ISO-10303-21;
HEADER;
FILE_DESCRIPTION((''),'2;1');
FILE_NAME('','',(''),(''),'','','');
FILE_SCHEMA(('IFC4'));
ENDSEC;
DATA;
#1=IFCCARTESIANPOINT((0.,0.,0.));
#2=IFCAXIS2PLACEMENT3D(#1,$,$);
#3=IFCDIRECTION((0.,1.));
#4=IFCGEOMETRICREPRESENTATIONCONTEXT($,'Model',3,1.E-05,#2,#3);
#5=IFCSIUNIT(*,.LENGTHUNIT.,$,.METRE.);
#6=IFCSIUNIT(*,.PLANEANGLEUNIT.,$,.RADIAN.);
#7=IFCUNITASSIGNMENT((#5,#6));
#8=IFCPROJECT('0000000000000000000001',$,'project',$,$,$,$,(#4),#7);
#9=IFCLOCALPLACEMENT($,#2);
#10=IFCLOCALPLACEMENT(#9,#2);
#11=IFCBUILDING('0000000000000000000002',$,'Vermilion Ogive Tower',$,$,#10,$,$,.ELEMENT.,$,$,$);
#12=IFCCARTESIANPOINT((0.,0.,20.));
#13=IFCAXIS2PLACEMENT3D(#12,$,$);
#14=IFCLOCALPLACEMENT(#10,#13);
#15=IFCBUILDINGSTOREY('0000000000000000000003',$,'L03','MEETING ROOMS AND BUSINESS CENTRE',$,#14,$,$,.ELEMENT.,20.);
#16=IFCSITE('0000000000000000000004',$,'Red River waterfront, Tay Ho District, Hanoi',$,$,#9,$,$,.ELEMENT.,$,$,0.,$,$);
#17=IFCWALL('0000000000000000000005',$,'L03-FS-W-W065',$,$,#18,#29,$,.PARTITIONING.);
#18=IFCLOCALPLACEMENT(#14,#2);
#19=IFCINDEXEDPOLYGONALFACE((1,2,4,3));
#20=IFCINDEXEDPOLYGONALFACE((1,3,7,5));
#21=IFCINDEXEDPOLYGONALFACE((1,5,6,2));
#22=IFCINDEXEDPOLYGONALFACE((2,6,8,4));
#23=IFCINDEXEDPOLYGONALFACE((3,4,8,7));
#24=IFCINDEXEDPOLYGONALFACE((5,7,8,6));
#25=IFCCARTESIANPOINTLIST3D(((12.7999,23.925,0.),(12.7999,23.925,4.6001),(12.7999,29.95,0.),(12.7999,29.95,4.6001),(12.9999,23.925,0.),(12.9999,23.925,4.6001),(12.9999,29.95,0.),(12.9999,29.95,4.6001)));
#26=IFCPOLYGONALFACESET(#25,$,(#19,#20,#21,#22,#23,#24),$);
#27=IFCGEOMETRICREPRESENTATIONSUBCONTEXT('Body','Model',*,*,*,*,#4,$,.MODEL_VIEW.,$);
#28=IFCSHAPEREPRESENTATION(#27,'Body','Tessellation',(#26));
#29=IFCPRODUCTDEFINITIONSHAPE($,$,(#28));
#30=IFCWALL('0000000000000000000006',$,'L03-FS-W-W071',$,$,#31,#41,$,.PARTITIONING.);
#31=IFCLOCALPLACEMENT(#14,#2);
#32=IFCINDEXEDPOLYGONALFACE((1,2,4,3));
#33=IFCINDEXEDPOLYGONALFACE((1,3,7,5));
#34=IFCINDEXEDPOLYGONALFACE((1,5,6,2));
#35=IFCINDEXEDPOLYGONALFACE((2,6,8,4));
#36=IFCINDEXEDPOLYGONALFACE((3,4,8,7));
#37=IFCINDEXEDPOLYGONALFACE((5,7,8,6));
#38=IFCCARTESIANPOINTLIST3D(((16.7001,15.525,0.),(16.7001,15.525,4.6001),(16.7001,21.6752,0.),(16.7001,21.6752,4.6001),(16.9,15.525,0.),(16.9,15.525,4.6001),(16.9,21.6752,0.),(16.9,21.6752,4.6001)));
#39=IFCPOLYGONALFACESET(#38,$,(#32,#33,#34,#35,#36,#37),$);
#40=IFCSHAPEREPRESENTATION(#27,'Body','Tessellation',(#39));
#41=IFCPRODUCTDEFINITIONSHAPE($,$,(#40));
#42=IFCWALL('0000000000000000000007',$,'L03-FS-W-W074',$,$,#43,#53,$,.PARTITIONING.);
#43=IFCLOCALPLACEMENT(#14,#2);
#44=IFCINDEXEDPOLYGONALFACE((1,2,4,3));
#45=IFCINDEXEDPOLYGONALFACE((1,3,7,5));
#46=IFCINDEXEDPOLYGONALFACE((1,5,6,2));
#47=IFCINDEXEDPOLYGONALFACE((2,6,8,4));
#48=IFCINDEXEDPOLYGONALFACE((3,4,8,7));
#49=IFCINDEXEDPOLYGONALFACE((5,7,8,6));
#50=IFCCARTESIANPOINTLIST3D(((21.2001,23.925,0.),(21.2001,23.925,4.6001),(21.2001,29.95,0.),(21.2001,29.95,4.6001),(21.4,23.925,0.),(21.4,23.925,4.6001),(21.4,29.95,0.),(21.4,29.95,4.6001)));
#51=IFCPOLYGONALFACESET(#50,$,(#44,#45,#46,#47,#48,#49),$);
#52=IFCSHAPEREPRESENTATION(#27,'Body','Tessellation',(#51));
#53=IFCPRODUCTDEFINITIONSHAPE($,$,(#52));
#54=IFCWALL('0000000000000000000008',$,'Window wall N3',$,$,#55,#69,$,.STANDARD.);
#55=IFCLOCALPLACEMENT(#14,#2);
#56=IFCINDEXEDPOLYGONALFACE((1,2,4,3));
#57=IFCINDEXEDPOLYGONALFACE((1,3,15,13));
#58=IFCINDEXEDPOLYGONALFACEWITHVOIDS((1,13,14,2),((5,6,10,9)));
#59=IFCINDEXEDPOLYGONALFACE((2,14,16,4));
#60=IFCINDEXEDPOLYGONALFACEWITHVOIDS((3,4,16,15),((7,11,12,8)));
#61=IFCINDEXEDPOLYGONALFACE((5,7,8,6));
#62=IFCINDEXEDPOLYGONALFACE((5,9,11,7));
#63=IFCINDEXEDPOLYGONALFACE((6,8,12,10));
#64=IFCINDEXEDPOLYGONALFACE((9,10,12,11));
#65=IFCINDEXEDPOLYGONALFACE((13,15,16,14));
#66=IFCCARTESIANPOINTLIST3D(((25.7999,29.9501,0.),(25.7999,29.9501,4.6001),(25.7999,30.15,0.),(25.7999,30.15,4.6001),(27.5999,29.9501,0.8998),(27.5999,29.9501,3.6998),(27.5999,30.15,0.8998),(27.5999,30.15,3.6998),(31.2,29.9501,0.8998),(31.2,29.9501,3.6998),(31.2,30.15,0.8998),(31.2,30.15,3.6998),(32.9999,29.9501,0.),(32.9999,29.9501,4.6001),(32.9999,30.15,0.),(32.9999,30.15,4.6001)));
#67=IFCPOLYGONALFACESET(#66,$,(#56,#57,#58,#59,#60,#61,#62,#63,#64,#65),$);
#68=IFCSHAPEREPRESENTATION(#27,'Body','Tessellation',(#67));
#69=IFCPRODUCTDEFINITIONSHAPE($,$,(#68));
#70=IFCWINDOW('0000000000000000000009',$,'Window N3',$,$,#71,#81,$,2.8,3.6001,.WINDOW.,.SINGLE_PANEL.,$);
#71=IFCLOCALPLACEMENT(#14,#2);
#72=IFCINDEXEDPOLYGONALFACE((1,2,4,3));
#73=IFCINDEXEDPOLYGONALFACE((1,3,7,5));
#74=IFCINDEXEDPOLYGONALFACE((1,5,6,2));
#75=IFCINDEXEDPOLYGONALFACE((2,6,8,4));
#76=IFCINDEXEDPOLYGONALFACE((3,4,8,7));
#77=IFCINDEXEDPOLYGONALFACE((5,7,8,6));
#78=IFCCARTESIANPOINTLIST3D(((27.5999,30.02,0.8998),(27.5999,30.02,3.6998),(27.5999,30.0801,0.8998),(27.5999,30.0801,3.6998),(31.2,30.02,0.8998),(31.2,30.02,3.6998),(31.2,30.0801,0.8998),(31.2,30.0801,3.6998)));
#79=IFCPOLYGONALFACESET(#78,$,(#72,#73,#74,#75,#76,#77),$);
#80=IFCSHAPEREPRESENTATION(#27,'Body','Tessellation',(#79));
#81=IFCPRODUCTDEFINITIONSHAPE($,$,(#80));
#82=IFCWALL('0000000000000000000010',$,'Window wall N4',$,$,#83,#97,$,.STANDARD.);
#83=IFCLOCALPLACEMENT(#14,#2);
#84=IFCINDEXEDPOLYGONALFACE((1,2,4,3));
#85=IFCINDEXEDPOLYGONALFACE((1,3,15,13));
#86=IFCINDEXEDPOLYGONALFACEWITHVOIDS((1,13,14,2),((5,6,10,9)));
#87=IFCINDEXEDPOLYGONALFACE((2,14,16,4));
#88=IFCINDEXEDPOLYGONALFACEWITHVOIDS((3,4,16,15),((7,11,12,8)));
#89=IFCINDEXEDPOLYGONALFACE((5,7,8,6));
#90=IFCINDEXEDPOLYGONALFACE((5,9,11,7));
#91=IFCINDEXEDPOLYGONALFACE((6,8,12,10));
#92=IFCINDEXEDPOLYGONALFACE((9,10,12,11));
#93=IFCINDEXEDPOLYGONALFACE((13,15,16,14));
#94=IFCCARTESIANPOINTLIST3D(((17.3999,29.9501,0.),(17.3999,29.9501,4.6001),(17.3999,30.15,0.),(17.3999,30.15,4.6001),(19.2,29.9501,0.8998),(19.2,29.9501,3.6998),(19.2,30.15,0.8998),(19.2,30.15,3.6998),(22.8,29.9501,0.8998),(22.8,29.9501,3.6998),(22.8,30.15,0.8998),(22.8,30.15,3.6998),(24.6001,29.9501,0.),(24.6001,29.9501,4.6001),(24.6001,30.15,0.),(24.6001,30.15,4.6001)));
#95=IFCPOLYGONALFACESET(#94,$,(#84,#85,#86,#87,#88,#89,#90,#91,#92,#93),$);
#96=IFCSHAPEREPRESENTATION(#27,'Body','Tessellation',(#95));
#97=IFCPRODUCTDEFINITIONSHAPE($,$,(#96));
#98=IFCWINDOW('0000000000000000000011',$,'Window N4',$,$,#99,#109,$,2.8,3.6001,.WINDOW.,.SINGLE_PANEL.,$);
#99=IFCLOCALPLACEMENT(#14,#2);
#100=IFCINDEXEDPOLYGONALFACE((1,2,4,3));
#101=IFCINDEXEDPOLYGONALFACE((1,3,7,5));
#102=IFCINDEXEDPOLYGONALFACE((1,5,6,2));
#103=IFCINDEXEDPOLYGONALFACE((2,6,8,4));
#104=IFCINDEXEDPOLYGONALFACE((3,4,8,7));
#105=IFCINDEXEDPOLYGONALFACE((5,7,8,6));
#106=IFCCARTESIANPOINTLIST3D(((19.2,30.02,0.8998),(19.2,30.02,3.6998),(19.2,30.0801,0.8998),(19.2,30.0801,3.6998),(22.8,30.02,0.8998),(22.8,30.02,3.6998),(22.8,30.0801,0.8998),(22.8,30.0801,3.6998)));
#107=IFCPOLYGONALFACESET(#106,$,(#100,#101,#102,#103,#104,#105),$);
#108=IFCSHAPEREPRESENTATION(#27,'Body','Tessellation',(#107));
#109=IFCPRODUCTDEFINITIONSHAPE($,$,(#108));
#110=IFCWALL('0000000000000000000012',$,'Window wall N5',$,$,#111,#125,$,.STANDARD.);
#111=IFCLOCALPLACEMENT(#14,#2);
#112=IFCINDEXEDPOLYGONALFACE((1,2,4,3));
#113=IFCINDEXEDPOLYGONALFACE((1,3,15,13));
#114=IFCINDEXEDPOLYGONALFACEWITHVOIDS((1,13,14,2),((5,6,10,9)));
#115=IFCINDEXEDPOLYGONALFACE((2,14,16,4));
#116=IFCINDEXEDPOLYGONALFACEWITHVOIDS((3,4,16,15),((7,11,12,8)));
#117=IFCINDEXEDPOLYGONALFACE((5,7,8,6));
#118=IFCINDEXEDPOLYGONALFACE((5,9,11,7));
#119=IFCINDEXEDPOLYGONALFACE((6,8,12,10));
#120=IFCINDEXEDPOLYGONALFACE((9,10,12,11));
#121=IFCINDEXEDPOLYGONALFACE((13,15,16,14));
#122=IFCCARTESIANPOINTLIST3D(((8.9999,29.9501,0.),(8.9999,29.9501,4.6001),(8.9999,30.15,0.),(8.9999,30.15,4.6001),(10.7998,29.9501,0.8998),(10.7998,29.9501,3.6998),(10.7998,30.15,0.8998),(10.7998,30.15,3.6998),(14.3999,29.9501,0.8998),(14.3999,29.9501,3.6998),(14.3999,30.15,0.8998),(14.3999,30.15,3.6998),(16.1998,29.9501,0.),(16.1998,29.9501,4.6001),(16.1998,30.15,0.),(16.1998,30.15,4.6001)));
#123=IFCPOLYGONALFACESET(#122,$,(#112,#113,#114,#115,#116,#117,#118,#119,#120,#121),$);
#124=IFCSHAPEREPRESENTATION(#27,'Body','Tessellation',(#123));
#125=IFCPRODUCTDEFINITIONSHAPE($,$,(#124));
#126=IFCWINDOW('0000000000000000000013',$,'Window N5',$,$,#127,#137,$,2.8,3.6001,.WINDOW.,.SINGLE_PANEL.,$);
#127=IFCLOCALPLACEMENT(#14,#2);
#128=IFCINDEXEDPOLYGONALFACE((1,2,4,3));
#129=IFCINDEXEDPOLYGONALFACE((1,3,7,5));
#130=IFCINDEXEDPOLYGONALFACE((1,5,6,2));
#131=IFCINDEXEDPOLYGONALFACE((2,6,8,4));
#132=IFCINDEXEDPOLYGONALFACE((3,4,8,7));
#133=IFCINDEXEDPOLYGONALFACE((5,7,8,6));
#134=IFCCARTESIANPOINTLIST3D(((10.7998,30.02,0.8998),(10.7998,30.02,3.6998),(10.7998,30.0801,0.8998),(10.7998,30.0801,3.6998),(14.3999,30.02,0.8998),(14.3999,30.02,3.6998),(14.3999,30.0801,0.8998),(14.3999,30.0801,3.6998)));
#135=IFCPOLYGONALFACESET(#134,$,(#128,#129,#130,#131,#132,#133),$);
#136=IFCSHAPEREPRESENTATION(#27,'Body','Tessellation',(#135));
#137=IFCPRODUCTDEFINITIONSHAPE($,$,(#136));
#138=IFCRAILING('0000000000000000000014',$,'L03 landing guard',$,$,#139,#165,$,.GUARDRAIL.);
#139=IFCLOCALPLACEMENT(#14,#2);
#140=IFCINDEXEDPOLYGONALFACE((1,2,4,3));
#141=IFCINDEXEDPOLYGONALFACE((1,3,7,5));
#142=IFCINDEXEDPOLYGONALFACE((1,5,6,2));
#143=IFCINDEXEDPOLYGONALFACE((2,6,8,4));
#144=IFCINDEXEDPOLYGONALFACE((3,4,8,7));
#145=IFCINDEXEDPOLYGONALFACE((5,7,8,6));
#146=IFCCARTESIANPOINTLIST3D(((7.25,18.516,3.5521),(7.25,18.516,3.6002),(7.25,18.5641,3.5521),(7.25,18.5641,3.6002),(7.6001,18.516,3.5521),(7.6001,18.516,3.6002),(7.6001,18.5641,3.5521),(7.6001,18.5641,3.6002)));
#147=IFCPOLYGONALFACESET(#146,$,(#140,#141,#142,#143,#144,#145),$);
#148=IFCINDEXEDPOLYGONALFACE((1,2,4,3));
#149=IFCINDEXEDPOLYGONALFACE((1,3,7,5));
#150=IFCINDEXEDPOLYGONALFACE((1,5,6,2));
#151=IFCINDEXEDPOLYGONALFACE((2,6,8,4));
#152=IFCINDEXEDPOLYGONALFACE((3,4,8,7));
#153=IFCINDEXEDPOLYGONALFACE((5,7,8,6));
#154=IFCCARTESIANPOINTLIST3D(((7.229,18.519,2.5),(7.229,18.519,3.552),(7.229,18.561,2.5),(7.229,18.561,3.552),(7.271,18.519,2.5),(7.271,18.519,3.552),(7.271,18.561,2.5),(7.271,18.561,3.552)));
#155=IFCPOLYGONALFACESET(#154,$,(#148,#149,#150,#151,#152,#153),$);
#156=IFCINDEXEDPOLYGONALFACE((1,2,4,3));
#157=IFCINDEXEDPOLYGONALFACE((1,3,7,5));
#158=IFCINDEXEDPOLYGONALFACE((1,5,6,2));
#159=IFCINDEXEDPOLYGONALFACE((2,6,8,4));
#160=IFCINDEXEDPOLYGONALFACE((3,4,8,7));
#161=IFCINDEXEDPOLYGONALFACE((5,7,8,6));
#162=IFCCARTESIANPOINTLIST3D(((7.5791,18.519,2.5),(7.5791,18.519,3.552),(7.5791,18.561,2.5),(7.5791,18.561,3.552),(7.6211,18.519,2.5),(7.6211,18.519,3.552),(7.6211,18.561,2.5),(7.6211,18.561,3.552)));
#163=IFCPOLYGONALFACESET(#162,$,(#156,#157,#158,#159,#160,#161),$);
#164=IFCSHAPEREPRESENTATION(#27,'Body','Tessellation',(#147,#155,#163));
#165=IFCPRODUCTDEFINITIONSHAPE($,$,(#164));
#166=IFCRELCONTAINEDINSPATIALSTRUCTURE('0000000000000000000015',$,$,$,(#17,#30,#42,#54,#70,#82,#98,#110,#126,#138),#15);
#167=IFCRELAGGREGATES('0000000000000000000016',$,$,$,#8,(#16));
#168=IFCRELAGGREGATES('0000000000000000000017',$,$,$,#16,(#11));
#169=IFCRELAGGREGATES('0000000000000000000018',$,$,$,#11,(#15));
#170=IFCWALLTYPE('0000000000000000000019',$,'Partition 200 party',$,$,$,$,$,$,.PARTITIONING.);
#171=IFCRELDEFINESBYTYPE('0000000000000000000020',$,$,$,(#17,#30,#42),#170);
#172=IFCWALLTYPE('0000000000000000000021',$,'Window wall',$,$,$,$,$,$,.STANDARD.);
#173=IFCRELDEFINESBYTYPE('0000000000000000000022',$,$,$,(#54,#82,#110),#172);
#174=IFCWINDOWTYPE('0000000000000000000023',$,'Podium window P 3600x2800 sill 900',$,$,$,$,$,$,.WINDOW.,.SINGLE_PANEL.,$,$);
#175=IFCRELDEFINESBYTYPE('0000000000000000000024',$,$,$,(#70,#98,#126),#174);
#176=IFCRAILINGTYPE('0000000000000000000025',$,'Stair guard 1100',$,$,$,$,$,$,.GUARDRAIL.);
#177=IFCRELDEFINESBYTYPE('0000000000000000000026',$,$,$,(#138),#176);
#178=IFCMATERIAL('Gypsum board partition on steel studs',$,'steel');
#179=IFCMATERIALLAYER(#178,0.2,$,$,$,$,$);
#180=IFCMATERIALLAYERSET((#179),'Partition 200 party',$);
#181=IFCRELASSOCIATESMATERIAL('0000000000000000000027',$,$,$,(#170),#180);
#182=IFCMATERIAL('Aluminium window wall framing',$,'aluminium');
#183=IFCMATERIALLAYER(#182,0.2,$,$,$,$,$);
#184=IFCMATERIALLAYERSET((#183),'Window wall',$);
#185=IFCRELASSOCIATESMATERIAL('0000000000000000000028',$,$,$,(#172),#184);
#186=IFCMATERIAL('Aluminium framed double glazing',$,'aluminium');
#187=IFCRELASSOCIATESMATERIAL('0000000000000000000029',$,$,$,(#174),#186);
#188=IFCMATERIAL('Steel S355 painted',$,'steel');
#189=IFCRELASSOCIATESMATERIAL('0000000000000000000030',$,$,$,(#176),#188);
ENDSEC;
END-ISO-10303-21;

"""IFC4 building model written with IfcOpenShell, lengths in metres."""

from ifc_helpers import new_model, si_unit, direction, frame, frame_2d, origin, origin_2d, place, context, subcontext, project, spatial, rectangle, extrude, material, layer, layer_set, type_object, element, fill, save


model = new_model("IFC4")

# Units and contexts
model_context = context("Model", 3, precision=1e-05, world=origin(), true_north=direction((0.0, 1.0)))
body_context = subcontext(model_context, "Body", "Model", "MODEL_VIEW")
ifc_project = project(units=[si_unit("LENGTHUNIT", "METRE"), si_unit("PLANEANGLEUNIT", "RADIAN")], contexts=[model_context])

# Site, building, storey
site_placement = place(None, origin())
site = spatial("IfcSite", under=ifc_project, at=site_placement, Name="Red River waterfront, Tay Ho District, Hanoi", CompositionType="ELEMENT", RefElevation=0.0)
building_placement = place(site_placement, origin())
building = spatial("IfcBuilding", under=site, at=building_placement, Name="Vermilion Ogive Tower", CompositionType="ELEMENT")
storey_placement = place(building_placement, frame((0.0, 0.0, 20.0)))
storey = spatial("IfcBuildingStorey", under=building, at=storey_placement, Name="L03", Description="MEETING ROOMS AND BUSINESS CENTRE", CompositionType="ELEMENT", Elevation=20.0)

# Walls
ifc_material_1 = material(Name="Gypsum board partition on steel studs", Category="steel")
ifc_layer_1 = layer(ifc_material_1, 0.2)
ifc_layer_set_1 = layer_set([ifc_layer_1], Name="Partition 200 party")
wall_type_1 = type_object("IfcWallType", Name="Partition 200 party", PredefinedType="PARTITIONING", material=ifc_layer_set_1)
wall_1_placement = place(storey_placement, frame((12.8999, 23.925, 0.0), z_axis=(0.0, 0.0, 1.0), x_axis=(0.0, 1.0, 0.0)))
element("IfcWall", 1, at=wall_1_placement, inside=storey, type_object=wall_type_1, Name="L03-FS-W-W065", PredefinedType="PARTITIONING", context=body_context, shape_type="SweptSolid", body=[
    extrude(rectangle(XDim=6.0249, YDim=0.2, at=frame_2d((3.0125, 0.0))), origin(), (0.0, 0.0, 1.0), 4.6001),
])
wall_2_placement = place(storey_placement, frame((16.8, 15.5249, 0.0), z_axis=(0.0, 0.0, 1.0), x_axis=(0.0, 1.0, 0.0)))
element("IfcWall", 2, at=wall_2_placement, inside=storey, type_object=wall_type_1, Name="L03-FS-W-W071", PredefinedType="PARTITIONING", context=body_context, shape_type="SweptSolid", body=[
    extrude(rectangle(XDim=6.1501, YDim=0.2, at=frame_2d((3.0752, 0.0))), origin(), (0.0, 0.0, 1.0), 4.6001),
])
wall_3_placement = place(storey_placement, frame((21.3, 23.925, 0.0), z_axis=(0.0, 0.0, 1.0), x_axis=(0.0, 1.0, 0.0)))
element("IfcWall", 3, at=wall_3_placement, inside=storey, type_object=wall_type_1, Name="L03-FS-W-W074", PredefinedType="PARTITIONING", context=body_context, shape_type="SweptSolid", body=[
    extrude(rectangle(XDim=6.0249, YDim=0.2, at=frame_2d((3.0125, 0.0))), origin(), (0.0, 0.0, 1.0), 4.6001),
])

# Walls, openings, windows
ifc_material_2 = material(Name="Aluminium window wall framing", Category="aluminium")
ifc_layer_2 = layer(ifc_material_2, 0.2)
ifc_layer_set_2 = layer_set([ifc_layer_2], Name="Window wall")
wall_type_2 = type_object("IfcWallType", Name="Window wall", PredefinedType="STANDARD", material=ifc_layer_set_2)
wall_4_placement = place(storey_placement, frame((33.0, 30.05, 0.0), z_axis=(0.0, 0.0, 1.0), x_axis=(-1.0, 0.0, 0.0)))
wall_4 = element("IfcWall", 4, at=wall_4_placement, inside=storey, type_object=wall_type_2, Name="Window wall N3", PredefinedType="STANDARD", context=body_context, shape_type="SweptSolid", body=[
    extrude(rectangle(XDim=7.2, YDim=0.2, at=frame_2d((3.6001, 0.0))), origin(), (0.0, 0.0, 1.0), 4.6001),
])
opening_1_placement = place(wall_4_placement, frame((1.8, 0.0, 0.8999)))
opening_1 = element("IfcOpeningElement", 5, at=opening_1_placement, cuts=wall_4, PredefinedType="OPENING", context=body_context, shape_type="SweptSolid", body=[
    extrude(rectangle(XDim=3.6001, YDim=2.8, at=frame_2d((1.8, 1.3999))), frame((0.0, 0.1099, 0.0), z_axis=(0.0, -1.0, 0.0), x_axis=(1.0, 0.0, 0.0)), (0.0, 0.0, 1.0), 0.22),
])
ifc_material_3 = material(Name="Aluminium framed double glazing", Category="aluminium")
window_type = type_object("IfcWindowType", Name="Podium window P 3600x2800 sill 900", PartitioningType="SINGLE_PANEL", PredefinedType="WINDOW", material=ifc_material_3)
window_1_placement = place(opening_1_placement, origin())
window_1 = element("IfcWindow", 6, at=window_1_placement, inside=storey, type_object=window_type, Name="Window N3", OverallHeight=2.8, OverallWidth=3.6001, PartitioningType="SINGLE_PANEL", PredefinedType="WINDOW", context=body_context, shape_type="SweptSolid", body=[
    extrude(rectangle(XDim=3.6001, YDim=2.8, at=frame_2d((1.8, 1.3999))), frame((0.0, 0.03, 0.0), z_axis=(0.0, -1.0, 0.0), x_axis=(1.0, 0.0, 0.0)), (0.0, 0.0, 1.0), 0.0601),
])
fill(opening_1, window_1)
wall_5_placement = place(storey_placement, frame((24.6001, 30.05, 0.0), z_axis=(0.0, 0.0, 1.0), x_axis=(-1.0, 0.0, 0.0)))
wall_5 = element("IfcWall", 7, at=wall_5_placement, inside=storey, type_object=wall_type_2, Name="Window wall N4", PredefinedType="STANDARD", context=body_context, shape_type="SweptSolid", body=[
    extrude(rectangle(XDim=7.2002, YDim=0.2, at=frame_2d((3.6001, 0.0))), origin(), (0.0, 0.0, 1.0), 4.6001),
])
opening_2_placement = place(wall_5_placement, frame((1.8, 0.0, 0.8999)))
opening_2 = element("IfcOpeningElement", 8, at=opening_2_placement, cuts=wall_5, PredefinedType="OPENING", context=body_context, shape_type="SweptSolid", body=[
    extrude(rectangle(XDim=3.6001, YDim=2.8, at=frame_2d((1.8, 1.3999))), frame((0.0, 0.1099, 0.0), z_axis=(0.0, -1.0, 0.0), x_axis=(1.0, 0.0, 0.0)), (0.0, 0.0, 1.0), 0.22),
])
window_2_placement = place(opening_2_placement, origin())
window_2 = element("IfcWindow", 9, at=window_2_placement, inside=storey, type_object=window_type, Name="Window N4", OverallHeight=2.8, OverallWidth=3.6001, PartitioningType="SINGLE_PANEL", PredefinedType="WINDOW", context=body_context, shape_type="SweptSolid", body=[
    extrude(rectangle(XDim=3.6001, YDim=2.8, at=frame_2d((1.8, 1.3999))), frame((0.0, 0.03, 0.0), z_axis=(0.0, -1.0, 0.0), x_axis=(1.0, 0.0, 0.0)), (0.0, 0.0, 1.0), 0.0601),
])
fill(opening_2, window_2)
wall_6_placement = place(storey_placement, frame((16.2, 30.05, 0.0), z_axis=(0.0, 0.0, 1.0), x_axis=(-1.0, 0.0, 0.0)))
wall_6 = element("IfcWall", 10, at=wall_6_placement, inside=storey, type_object=wall_type_2, Name="Window wall N5", PredefinedType="STANDARD", context=body_context, shape_type="SweptSolid", body=[
    extrude(rectangle(XDim=7.2, YDim=0.2, at=frame_2d((3.6001, 0.0))), origin(), (0.0, 0.0, 1.0), 4.6001),
])
opening_3_placement = place(wall_6_placement, frame((1.8, 0.0, 0.8999)))
opening_3 = element("IfcOpeningElement", 11, at=opening_3_placement, cuts=wall_6, PredefinedType="OPENING", context=body_context, shape_type="SweptSolid", body=[
    extrude(rectangle(XDim=3.6001, YDim=2.8, at=frame_2d((1.8, 1.3999))), frame((0.0, 0.1099, 0.0), z_axis=(0.0, -1.0, 0.0), x_axis=(1.0, 0.0, 0.0)), (0.0, 0.0, 1.0), 0.22),
])
window_3_placement = place(opening_3_placement, origin())
window_3 = element("IfcWindow", 12, at=window_3_placement, inside=storey, type_object=window_type, Name="Window N5", OverallHeight=2.8, OverallWidth=3.6001, PartitioningType="SINGLE_PANEL", PredefinedType="WINDOW", context=body_context, shape_type="SweptSolid", body=[
    extrude(rectangle(XDim=3.6001, YDim=2.8, at=frame_2d((1.8, 1.3999))), frame((0.0, 0.03, 0.0), z_axis=(0.0, -1.0, 0.0), x_axis=(1.0, 0.0, 0.0)), (0.0, 0.0, 1.0), 0.0601),
])
fill(opening_3, window_3)

# Railing
ifc_material_4 = material(Name="Steel S355 painted", Category="steel")
railing_type = type_object("IfcRailingType", Name="Stair guard 1100", PredefinedType="GUARDRAIL", material=ifc_material_4)
railing_1_placement = place(storey_placement, frame((7.25, 18.54, 2.5)))
element("IfcRailing", 13, at=railing_1_placement, inside=storey, type_object=railing_type, Name="L03 landing guard", PredefinedType="GUARDRAIL", context=body_context, shape_type="SweptSolid", body=[
    extrude(rectangle(XDim=0.0481, YDim=0.0481, at=origin_2d()), frame((0.0, 0.0, 1.0762), z_axis=(1.0, 0.0, 0.0), x_axis=(0.0, 1.0, 0.0)), (0.0, 0.0, 1.0), 0.3501),
    extrude(rectangle(XDim=0.042, YDim=0.042, at=origin_2d()), origin(), (0.0, 0.0, 1.0), 1.052),
    extrude(rectangle(XDim=0.042, YDim=0.042, at=origin_2d()), frame((0.3501, 0.0, 0.0)), (0.0, 0.0, 1.0), 1.052),
])

save(model, "model.ifc")
